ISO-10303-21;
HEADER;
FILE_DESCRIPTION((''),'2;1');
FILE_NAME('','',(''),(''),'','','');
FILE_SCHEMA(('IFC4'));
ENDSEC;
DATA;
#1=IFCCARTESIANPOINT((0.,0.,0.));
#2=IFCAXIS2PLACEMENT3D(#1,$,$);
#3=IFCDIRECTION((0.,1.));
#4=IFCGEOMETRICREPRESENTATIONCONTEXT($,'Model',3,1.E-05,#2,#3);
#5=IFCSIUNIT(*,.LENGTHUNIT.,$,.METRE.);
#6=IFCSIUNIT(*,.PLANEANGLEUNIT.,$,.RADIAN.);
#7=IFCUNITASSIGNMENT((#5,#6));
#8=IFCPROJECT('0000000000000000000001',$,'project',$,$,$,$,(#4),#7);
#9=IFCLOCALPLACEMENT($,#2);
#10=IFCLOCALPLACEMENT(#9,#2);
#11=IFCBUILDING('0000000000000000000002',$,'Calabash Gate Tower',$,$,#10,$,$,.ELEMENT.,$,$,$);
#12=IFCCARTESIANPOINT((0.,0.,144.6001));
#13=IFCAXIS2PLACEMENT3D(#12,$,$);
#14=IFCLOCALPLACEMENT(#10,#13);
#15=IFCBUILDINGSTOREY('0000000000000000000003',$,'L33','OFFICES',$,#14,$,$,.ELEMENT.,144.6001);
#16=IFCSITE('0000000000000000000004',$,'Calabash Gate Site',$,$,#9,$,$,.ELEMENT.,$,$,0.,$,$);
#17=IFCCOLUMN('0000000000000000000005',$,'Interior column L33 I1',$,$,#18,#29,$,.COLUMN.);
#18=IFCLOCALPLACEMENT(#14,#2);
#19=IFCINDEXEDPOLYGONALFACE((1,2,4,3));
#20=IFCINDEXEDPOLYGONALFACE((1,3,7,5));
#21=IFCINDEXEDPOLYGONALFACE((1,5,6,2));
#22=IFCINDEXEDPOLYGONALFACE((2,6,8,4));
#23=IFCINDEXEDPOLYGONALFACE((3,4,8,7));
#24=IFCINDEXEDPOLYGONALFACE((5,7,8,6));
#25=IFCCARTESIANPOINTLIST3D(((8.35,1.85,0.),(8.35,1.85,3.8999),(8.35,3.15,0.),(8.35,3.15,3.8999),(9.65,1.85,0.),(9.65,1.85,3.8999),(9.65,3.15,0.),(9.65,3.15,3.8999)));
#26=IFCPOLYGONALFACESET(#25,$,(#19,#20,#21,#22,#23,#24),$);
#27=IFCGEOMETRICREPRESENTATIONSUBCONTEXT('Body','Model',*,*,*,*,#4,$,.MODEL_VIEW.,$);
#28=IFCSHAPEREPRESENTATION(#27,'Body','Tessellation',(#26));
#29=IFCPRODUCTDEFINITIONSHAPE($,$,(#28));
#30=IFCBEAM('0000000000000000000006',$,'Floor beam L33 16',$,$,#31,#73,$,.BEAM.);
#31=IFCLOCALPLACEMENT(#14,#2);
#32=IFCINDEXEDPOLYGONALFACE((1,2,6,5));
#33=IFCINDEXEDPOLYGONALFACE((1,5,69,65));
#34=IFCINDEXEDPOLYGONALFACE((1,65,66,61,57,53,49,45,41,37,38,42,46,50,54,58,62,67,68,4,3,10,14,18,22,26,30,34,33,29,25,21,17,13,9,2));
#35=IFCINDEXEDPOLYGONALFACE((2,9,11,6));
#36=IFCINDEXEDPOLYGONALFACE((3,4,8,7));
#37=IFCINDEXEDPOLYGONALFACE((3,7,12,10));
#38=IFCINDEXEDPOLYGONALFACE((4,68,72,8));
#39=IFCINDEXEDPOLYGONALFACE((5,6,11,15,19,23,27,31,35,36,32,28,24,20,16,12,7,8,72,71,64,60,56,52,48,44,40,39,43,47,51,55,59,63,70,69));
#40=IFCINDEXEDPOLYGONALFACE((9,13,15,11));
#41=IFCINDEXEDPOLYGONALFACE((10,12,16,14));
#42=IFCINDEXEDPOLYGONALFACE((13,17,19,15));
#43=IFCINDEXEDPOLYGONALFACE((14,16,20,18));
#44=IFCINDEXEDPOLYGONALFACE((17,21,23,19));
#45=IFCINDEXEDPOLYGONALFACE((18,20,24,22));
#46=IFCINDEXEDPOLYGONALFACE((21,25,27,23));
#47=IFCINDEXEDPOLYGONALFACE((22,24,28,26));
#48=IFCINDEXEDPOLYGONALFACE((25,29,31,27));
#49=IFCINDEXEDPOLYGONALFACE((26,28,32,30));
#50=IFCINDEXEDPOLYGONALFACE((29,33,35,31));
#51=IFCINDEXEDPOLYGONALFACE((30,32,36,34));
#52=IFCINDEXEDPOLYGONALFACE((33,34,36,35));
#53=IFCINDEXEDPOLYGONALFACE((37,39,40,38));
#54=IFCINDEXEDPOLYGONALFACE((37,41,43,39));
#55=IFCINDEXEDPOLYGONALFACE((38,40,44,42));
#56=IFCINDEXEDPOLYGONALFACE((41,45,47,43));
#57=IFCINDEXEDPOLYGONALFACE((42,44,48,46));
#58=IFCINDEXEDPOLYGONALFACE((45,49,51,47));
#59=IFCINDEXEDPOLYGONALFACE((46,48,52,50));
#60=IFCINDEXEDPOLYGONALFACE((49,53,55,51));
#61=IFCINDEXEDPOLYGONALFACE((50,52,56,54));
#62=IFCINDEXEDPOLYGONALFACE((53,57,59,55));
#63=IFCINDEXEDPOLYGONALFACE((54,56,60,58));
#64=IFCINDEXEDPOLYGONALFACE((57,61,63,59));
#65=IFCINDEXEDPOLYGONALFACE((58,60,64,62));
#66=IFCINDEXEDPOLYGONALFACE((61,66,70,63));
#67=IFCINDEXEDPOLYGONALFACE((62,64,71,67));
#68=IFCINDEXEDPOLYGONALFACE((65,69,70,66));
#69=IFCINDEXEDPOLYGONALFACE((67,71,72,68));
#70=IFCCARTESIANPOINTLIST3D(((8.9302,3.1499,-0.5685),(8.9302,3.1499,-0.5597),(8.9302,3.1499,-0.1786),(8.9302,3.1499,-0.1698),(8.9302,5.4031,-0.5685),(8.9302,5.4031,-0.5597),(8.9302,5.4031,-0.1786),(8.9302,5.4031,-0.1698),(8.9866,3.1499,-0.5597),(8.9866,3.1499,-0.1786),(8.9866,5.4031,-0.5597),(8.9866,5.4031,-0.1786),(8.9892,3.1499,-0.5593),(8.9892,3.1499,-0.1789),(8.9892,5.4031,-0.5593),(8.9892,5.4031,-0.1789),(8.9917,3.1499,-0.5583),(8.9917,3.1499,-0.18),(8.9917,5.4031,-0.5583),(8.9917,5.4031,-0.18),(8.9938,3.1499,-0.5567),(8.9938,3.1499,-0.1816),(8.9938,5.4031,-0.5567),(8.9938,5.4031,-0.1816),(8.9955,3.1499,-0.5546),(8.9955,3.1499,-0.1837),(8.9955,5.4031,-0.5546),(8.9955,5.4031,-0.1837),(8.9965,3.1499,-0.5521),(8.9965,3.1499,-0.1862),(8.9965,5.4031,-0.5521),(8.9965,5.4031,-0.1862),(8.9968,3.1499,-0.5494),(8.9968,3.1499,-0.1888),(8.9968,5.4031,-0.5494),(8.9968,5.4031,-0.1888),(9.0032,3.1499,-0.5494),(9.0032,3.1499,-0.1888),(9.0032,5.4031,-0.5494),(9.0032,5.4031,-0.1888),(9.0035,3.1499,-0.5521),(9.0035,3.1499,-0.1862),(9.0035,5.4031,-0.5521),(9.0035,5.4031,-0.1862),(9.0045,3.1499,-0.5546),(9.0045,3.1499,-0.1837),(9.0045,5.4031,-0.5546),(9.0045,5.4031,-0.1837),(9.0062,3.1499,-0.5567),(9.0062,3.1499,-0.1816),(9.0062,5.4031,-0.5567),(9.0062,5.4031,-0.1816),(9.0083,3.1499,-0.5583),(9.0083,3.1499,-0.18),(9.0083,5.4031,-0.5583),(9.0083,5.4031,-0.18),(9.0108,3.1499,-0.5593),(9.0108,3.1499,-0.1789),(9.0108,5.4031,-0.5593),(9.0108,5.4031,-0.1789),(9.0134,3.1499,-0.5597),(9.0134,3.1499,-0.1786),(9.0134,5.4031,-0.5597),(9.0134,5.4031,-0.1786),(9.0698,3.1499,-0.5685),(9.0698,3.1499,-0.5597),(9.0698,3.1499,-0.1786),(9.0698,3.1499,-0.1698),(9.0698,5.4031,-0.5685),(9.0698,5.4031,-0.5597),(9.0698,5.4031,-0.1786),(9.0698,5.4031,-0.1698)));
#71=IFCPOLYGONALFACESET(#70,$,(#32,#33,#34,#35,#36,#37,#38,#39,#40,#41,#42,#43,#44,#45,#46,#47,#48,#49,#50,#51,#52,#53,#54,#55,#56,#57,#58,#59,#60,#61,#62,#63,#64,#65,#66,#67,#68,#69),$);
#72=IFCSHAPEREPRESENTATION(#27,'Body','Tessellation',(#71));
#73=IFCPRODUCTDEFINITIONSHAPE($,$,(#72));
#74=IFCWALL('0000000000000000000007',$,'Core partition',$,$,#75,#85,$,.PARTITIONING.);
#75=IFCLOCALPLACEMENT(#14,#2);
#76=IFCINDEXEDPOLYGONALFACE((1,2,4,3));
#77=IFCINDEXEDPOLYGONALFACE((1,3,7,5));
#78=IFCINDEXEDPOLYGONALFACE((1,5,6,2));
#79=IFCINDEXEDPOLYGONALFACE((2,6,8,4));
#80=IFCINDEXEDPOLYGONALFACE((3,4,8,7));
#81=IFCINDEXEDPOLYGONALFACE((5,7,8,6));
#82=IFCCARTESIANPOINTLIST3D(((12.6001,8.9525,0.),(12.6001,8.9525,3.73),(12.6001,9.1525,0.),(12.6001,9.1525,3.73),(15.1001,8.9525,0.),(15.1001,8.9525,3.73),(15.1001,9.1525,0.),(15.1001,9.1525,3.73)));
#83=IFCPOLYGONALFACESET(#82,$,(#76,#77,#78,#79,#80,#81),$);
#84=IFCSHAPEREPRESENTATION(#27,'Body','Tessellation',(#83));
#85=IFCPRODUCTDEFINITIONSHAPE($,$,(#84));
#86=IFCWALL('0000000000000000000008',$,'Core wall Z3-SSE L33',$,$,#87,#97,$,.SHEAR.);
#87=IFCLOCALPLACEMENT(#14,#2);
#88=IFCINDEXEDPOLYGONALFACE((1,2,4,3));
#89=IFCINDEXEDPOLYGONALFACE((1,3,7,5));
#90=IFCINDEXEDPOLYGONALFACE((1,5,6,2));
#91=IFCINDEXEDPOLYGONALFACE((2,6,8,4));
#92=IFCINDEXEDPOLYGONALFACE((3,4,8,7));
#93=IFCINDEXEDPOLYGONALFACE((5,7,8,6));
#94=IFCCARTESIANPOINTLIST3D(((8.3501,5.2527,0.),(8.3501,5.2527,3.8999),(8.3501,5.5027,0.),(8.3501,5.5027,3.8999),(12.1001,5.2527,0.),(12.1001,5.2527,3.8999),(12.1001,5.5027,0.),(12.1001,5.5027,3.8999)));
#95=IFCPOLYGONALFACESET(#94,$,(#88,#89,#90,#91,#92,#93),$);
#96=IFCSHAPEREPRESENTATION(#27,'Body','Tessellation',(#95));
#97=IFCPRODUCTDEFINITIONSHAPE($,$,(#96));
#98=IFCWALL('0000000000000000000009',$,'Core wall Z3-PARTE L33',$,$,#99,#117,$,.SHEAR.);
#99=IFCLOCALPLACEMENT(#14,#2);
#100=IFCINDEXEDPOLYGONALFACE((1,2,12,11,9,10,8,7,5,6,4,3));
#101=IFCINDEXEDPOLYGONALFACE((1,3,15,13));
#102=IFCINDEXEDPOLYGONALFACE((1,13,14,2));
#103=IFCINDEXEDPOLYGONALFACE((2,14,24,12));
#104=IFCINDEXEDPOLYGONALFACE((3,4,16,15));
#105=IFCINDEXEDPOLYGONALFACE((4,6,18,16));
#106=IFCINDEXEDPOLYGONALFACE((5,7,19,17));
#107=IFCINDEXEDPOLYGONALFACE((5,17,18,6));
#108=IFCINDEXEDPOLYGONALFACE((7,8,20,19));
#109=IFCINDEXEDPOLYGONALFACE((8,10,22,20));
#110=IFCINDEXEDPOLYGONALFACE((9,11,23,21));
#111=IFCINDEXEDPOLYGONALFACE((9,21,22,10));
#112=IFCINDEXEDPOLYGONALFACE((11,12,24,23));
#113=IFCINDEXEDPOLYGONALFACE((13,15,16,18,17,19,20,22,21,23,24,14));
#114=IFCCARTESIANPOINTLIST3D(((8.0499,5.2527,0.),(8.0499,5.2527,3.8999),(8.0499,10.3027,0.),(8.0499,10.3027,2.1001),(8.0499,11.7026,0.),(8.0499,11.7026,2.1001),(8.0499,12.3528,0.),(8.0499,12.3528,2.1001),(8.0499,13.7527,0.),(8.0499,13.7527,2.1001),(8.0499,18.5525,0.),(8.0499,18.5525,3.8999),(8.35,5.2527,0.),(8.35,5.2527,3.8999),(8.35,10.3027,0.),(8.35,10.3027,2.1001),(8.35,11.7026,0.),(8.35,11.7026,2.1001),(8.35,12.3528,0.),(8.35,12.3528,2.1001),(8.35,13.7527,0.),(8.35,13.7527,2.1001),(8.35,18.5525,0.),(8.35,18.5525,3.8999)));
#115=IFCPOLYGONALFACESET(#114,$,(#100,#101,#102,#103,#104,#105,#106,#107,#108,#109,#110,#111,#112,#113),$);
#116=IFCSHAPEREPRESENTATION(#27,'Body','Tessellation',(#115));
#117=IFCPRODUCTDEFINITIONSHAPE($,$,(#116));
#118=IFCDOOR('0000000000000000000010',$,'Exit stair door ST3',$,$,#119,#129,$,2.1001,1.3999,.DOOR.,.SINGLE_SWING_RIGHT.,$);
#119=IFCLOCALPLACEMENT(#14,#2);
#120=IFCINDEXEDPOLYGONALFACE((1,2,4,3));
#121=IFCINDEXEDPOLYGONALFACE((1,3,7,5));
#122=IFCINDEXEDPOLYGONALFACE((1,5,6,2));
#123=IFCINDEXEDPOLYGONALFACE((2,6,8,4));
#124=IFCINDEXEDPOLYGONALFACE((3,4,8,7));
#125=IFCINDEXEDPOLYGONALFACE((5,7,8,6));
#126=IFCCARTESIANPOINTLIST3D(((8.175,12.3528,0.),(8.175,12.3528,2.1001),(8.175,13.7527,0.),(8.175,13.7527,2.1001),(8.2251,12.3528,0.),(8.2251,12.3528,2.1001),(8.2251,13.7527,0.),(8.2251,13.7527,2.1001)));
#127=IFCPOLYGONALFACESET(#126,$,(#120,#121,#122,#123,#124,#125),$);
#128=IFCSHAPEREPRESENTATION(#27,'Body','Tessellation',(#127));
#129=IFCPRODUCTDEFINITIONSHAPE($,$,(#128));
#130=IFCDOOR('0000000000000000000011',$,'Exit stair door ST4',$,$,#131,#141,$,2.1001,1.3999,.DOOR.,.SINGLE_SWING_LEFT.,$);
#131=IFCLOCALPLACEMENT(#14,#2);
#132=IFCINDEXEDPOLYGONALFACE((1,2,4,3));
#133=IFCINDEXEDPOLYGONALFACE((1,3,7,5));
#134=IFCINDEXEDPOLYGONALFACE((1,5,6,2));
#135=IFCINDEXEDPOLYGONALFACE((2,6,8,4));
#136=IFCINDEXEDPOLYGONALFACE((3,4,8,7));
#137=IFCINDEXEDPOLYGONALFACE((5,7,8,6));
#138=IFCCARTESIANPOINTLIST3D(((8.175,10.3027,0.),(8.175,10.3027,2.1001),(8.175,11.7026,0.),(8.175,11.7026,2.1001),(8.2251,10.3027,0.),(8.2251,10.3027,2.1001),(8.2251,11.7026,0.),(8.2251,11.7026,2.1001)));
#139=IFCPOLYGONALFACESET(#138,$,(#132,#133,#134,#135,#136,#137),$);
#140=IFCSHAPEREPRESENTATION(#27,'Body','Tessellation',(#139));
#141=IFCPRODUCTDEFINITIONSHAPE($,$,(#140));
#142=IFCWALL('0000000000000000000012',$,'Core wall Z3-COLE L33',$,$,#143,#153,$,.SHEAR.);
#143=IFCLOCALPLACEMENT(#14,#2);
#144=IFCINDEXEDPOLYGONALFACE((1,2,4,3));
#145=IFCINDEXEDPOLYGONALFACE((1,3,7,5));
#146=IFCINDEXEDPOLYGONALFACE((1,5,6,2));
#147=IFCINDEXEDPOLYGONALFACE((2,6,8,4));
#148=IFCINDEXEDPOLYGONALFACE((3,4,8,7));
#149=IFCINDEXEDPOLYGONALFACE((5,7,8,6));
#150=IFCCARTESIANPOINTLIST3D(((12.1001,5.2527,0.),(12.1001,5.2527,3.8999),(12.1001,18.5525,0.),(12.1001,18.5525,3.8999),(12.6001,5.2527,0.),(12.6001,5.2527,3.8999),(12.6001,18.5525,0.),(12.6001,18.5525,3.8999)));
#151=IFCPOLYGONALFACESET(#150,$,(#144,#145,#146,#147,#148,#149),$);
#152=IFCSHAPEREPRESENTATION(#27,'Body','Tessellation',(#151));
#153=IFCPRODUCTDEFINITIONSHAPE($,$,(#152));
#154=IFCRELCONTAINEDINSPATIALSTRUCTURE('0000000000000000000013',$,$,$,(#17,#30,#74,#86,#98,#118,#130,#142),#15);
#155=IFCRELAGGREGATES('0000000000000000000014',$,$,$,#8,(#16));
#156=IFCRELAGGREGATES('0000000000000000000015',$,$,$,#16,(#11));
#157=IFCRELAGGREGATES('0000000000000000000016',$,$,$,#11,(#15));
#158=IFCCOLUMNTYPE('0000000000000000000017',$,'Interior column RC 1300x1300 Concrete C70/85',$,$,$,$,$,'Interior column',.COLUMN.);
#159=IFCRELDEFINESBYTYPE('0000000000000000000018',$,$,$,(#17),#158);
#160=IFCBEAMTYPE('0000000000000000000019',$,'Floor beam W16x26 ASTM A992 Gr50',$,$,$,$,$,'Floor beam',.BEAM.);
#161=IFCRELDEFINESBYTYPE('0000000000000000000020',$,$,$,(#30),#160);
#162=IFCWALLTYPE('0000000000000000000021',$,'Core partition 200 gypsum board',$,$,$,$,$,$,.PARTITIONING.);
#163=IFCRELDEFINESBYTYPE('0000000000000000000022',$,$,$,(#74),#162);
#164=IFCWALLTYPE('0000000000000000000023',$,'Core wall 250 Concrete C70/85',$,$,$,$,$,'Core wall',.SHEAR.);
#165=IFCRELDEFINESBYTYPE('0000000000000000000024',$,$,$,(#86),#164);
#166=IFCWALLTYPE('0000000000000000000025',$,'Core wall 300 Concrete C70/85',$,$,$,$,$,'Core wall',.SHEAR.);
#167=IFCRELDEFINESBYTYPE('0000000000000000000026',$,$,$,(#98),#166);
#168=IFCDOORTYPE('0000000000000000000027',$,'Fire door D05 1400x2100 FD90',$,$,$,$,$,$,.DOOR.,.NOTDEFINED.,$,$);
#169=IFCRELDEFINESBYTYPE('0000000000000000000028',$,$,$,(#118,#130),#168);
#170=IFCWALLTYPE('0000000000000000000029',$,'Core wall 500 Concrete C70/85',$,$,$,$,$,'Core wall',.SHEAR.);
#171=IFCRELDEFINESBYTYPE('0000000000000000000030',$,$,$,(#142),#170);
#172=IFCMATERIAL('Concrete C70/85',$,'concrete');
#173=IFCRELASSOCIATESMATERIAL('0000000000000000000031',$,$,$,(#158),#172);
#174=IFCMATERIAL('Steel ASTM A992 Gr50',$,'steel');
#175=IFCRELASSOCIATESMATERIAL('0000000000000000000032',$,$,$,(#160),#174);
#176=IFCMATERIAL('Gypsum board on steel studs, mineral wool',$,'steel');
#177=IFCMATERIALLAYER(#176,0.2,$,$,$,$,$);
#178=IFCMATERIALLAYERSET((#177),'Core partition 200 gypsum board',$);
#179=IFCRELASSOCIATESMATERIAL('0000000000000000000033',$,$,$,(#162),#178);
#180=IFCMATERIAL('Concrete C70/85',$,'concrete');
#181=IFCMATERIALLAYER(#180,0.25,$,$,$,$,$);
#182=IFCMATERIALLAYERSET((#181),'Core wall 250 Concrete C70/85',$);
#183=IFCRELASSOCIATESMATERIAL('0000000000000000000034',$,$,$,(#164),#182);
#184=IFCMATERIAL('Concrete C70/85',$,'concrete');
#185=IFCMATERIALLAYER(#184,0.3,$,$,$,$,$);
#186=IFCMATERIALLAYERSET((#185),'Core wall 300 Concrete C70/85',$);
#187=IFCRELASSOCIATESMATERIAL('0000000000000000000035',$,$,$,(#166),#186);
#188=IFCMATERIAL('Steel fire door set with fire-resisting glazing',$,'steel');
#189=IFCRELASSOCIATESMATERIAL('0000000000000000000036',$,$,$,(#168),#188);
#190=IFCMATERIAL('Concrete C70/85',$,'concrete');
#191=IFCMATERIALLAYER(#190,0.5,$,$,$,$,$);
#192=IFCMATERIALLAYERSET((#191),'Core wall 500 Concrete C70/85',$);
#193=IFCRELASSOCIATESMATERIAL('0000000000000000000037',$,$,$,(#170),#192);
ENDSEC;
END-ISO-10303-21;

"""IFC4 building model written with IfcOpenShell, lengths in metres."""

from ifc_helpers import new_model, si_unit, direction, frame, frame_2d, origin, origin_2d, place, context, subcontext, project, spatial, rectangle, i_section, extrude, material, layer, layer_set, material_profile, profile_set, type_object, element, fill, save


model = new_model("IFC4")

# Units and contexts
model_context = context("Model", 3, precision=1e-05, world=origin(), true_north=direction((0.0, 1.0)))
body_context = subcontext(model_context, "Body", "Model", "MODEL_VIEW")
ifc_project = project(units=[si_unit("LENGTHUNIT", "METRE"), si_unit("PLANEANGLEUNIT", "RADIAN")], contexts=[model_context])

# Site, building, storey
site_placement = place(None, origin())
site = spatial("IfcSite", under=ifc_project, at=site_placement, Name="Calabash Gate Site", CompositionType="ELEMENT", RefElevation=0.0)
building_placement = place(site_placement, origin())
building = spatial("IfcBuilding", under=site, at=building_placement, Name="Calabash Gate Tower", CompositionType="ELEMENT")
storey_placement = place(building_placement, frame((0.0, 0.0, 144.6001)))
storey = spatial("IfcBuildingStorey", under=building, at=storey_placement, Name="L33", Description="OFFICES", CompositionType="ELEMENT", Elevation=144.6001)

# Column
ifc_material_1 = material(Name="Concrete C70/85", Category="concrete")
ifc_material_profile_1 = material_profile(ifc_material_1, rectangle(XDim=1.3, YDim=1.3, at=origin_2d()))
ifc_profile_set_1 = profile_set([ifc_material_profile_1], Name="Concrete C70/85")
column_type = type_object("IfcColumnType", Name="Interior column RC 1300x1300 Concrete C70/85", ElementType="Interior column", PredefinedType="COLUMN", material=ifc_profile_set_1)
column_placement = place(storey_placement, frame((9.0, 2.5, 0.0), z_axis=(0.0, 0.0, 1.0), x_axis=(1.0, 0.0, 0.0)))
element("IfcColumn", 1, at=column_placement, inside=storey, type_object=column_type, Name="Interior column L33 I1", PredefinedType="COLUMN", context=body_context, shape_type="SweptSolid", body=[
    extrude(rectangle(XDim=1.3, YDim=1.3, at=origin_2d()), origin(), (0.0, 0.0, 1.0), 3.8999),
])

# Beam
ifc_material_2 = material(Name="Steel ASTM A992 Gr50", Category="steel")
ifc_material_profile_2 = material_profile(ifc_material_2, i_section(OverallWidth=0.1396, OverallDepth=0.3987, WebThickness=0.0063, FlangeThickness=0.0088, FilletRadius=0.0103, at=origin_2d()))
ifc_profile_set_2 = profile_set([ifc_material_profile_2], Name="Steel ASTM A992 Gr50")
beam_type = type_object("IfcBeamType", Name="Floor beam W16x26 ASTM A992 Gr50", ElementType="Floor beam", PredefinedType="BEAM", material=ifc_profile_set_2)
beam_placement = place(storey_placement, frame((9.0, 3.1499, -0.3691), z_axis=(0.0, 1.0, 0.0), x_axis=(-1.0, 0.0, 0.0)))
element("IfcBeam", 2, at=beam_placement, inside=storey, type_object=beam_type, Name="Floor beam L33 16", PredefinedType="BEAM", context=body_context, shape_type="SweptSolid", body=[
    extrude(i_section(OverallWidth=0.1396, OverallDepth=0.3987, WebThickness=0.0063, FlangeThickness=0.0088, FilletRadius=0.0103, at=origin_2d()), origin(), (0.0, 0.0, 1.0), 2.2532),
])

# Walls
ifc_material_3 = material(Name="Gypsum board on steel studs, mineral wool", Category="steel")
ifc_layer_1 = layer(ifc_material_3, 0.2)
ifc_layer_set_1 = layer_set([ifc_layer_1], Name="Core partition 200 gypsum board")
wall_type_1 = type_object("IfcWallType", Name="Core partition 200 gypsum board", PredefinedType="PARTITIONING", material=ifc_layer_set_1)
wall_1_placement = place(storey_placement, frame((12.6001, 9.0525, 0.0), z_axis=(0.0, 0.0, 1.0), x_axis=(1.0, 0.0, 0.0)))
element("IfcWall", 3, at=wall_1_placement, inside=storey, type_object=wall_type_1, Name="Core partition", PredefinedType="PARTITIONING", context=body_context, shape_type="SweptSolid", body=[
    extrude(rectangle(XDim=2.5, YDim=0.2, at=frame_2d((1.25, 0.0))), origin(), (0.0, 0.0, 1.0), 3.73),
])
ifc_material_4 = material(Name="Concrete C70/85", Category="concrete")
ifc_layer_2 = layer(ifc_material_4, 0.25)
ifc_layer_set_2 = layer_set([ifc_layer_2], Name="Core wall 250 Concrete C70/85")
wall_type_2 = type_object("IfcWallType", Name="Core wall 250 Concrete C70/85", ElementType="Core wall", PredefinedType="SHEAR", material=ifc_layer_set_2)
wall_2_placement = place(storey_placement, frame((8.3501, 5.3777, 0.0), z_axis=(0.0, 0.0, 1.0), x_axis=(1.0, 0.0, 0.0)))
element("IfcWall", 4, at=wall_2_placement, inside=storey, type_object=wall_type_2, Name="Core wall Z3-SSE L33", PredefinedType="SHEAR", context=body_context, shape_type="SweptSolid", body=[
    extrude(rectangle(XDim=3.75, YDim=0.25, at=frame_2d((1.875, 0.0))), origin(), (0.0, 0.0, 1.0), 3.8999),
])

# Wall, openings, doors
ifc_material_5 = material(Name="Concrete C70/85", Category="concrete")
ifc_layer_3 = layer(ifc_material_5, 0.3)
ifc_layer_set_3 = layer_set([ifc_layer_3], Name="Core wall 300 Concrete C70/85")
wall_type_3 = type_object("IfcWallType", Name="Core wall 300 Concrete C70/85", ElementType="Core wall", PredefinedType="SHEAR", material=ifc_layer_set_3)
wall_3_placement = place(storey_placement, frame((8.2, 5.2527, 0.0), z_axis=(0.0, 0.0, 1.0), x_axis=(0.0, 1.0, 0.0)))
wall_3 = element("IfcWall", 5, at=wall_3_placement, inside=storey, type_object=wall_type_3, Name="Core wall Z3-PARTE L33", PredefinedType="SHEAR", context=body_context, shape_type="SweptSolid", body=[
    extrude(rectangle(XDim=13.2998, YDim=0.3, at=frame_2d((6.6499, 0.0))), origin(), (0.0, 0.0, 1.0), 3.8999),
])
opening_1_placement = place(wall_3_placement, frame((7.1001, 0.0, 0.0)))
opening_1 = element("IfcOpeningElement", 6, at=opening_1_placement, cuts=wall_3, PredefinedType="OPENING", context=body_context, shape_type="SweptSolid", body=[
    extrude(rectangle(XDim=1.3999, YDim=2.1001, at=frame_2d((0.7, 1.05))), frame((0.0, 0.1599, 0.0), z_axis=(0.0, -1.0, 0.0), x_axis=(1.0, 0.0, 0.0)), (0.0, 0.0, 1.0), 0.3201),
])
opening_2_placement = place(wall_3_placement, frame((5.05, 0.0, 0.0)))
opening_2 = element("IfcOpeningElement", 7, at=opening_2_placement, cuts=wall_3, PredefinedType="OPENING", context=body_context, shape_type="SweptSolid", body=[
    extrude(rectangle(XDim=1.3999, YDim=2.1001, at=frame_2d((0.7, 1.05))), frame((0.0, 0.1599, 0.0), z_axis=(0.0, -1.0, 0.0), x_axis=(1.0, 0.0, 0.0)), (0.0, 0.0, 1.0), 0.3201),
])
ifc_material_6 = material(Name="Steel fire door set with fire-resisting glazing", Category="steel")
door_type_1 = type_object("IfcDoorType", Name="Fire door D05 1400x2100 FD90", OperationType="NOTDEFINED", PredefinedType="DOOR", material=ifc_material_6)
door_1_placement = place(opening_1_placement, origin())
door_1 = element("IfcDoor", 8, at=door_1_placement, inside=storey, type_object=door_type_1, Name="Exit stair door ST3", OperationType="SINGLE_SWING_RIGHT", OverallHeight=2.1001, OverallWidth=1.3999, PredefinedType="DOOR", context=body_context, shape_type="SweptSolid", body=[
    extrude(rectangle(XDim=1.3999, YDim=2.1001, at=frame_2d((0.7, 1.05))), frame((0.0, 0.0249, 0.0), z_axis=(0.0, -1.0, 0.0), x_axis=(1.0, 0.0, 0.0)), (0.0, 0.0, 1.0), 0.05),
])
fill(opening_1, door_1)
door_2_placement = place(opening_2_placement, origin())
door_2 = element("IfcDoor", 9, at=door_2_placement, inside=storey, type_object=door_type_1, Name="Exit stair door ST4", OperationType="SINGLE_SWING_LEFT", OverallHeight=2.1001, OverallWidth=1.3999, PredefinedType="DOOR", context=body_context, shape_type="SweptSolid", body=[
    extrude(rectangle(XDim=1.3999, YDim=2.1001, at=frame_2d((0.7, 1.05))), frame((0.0, 0.0249, 0.0), z_axis=(0.0, -1.0, 0.0), x_axis=(1.0, 0.0, 0.0)), (0.0, 0.0, 1.0), 0.05),
])
fill(opening_2, door_2)

# Wall
ifc_material_7 = material(Name="Concrete C70/85", Category="concrete")
ifc_layer_4 = layer(ifc_material_7, 0.5)
ifc_layer_set_4 = layer_set([ifc_layer_4], Name="Core wall 500 Concrete C70/85")
wall_type_4 = type_object("IfcWallType", Name="Core wall 500 Concrete C70/85", ElementType="Core wall", PredefinedType="SHEAR", material=ifc_layer_set_4)
wall_4_placement = place(storey_placement, frame((12.3501, 5.2527, 0.0), z_axis=(0.0, 0.0, 1.0), x_axis=(0.0, 1.0, 0.0)))
element("IfcWall", 10, at=wall_4_placement, inside=storey, type_object=wall_type_4, Name="Core wall Z3-COLE L33", PredefinedType="SHEAR", context=body_context, shape_type="SweptSolid", body=[
    extrude(rectangle(XDim=13.2998, YDim=0.5, at=frame_2d((6.6499, 0.0))), origin(), (0.0, 0.0, 1.0), 3.8999),
])

save(model, "model.ifc")
